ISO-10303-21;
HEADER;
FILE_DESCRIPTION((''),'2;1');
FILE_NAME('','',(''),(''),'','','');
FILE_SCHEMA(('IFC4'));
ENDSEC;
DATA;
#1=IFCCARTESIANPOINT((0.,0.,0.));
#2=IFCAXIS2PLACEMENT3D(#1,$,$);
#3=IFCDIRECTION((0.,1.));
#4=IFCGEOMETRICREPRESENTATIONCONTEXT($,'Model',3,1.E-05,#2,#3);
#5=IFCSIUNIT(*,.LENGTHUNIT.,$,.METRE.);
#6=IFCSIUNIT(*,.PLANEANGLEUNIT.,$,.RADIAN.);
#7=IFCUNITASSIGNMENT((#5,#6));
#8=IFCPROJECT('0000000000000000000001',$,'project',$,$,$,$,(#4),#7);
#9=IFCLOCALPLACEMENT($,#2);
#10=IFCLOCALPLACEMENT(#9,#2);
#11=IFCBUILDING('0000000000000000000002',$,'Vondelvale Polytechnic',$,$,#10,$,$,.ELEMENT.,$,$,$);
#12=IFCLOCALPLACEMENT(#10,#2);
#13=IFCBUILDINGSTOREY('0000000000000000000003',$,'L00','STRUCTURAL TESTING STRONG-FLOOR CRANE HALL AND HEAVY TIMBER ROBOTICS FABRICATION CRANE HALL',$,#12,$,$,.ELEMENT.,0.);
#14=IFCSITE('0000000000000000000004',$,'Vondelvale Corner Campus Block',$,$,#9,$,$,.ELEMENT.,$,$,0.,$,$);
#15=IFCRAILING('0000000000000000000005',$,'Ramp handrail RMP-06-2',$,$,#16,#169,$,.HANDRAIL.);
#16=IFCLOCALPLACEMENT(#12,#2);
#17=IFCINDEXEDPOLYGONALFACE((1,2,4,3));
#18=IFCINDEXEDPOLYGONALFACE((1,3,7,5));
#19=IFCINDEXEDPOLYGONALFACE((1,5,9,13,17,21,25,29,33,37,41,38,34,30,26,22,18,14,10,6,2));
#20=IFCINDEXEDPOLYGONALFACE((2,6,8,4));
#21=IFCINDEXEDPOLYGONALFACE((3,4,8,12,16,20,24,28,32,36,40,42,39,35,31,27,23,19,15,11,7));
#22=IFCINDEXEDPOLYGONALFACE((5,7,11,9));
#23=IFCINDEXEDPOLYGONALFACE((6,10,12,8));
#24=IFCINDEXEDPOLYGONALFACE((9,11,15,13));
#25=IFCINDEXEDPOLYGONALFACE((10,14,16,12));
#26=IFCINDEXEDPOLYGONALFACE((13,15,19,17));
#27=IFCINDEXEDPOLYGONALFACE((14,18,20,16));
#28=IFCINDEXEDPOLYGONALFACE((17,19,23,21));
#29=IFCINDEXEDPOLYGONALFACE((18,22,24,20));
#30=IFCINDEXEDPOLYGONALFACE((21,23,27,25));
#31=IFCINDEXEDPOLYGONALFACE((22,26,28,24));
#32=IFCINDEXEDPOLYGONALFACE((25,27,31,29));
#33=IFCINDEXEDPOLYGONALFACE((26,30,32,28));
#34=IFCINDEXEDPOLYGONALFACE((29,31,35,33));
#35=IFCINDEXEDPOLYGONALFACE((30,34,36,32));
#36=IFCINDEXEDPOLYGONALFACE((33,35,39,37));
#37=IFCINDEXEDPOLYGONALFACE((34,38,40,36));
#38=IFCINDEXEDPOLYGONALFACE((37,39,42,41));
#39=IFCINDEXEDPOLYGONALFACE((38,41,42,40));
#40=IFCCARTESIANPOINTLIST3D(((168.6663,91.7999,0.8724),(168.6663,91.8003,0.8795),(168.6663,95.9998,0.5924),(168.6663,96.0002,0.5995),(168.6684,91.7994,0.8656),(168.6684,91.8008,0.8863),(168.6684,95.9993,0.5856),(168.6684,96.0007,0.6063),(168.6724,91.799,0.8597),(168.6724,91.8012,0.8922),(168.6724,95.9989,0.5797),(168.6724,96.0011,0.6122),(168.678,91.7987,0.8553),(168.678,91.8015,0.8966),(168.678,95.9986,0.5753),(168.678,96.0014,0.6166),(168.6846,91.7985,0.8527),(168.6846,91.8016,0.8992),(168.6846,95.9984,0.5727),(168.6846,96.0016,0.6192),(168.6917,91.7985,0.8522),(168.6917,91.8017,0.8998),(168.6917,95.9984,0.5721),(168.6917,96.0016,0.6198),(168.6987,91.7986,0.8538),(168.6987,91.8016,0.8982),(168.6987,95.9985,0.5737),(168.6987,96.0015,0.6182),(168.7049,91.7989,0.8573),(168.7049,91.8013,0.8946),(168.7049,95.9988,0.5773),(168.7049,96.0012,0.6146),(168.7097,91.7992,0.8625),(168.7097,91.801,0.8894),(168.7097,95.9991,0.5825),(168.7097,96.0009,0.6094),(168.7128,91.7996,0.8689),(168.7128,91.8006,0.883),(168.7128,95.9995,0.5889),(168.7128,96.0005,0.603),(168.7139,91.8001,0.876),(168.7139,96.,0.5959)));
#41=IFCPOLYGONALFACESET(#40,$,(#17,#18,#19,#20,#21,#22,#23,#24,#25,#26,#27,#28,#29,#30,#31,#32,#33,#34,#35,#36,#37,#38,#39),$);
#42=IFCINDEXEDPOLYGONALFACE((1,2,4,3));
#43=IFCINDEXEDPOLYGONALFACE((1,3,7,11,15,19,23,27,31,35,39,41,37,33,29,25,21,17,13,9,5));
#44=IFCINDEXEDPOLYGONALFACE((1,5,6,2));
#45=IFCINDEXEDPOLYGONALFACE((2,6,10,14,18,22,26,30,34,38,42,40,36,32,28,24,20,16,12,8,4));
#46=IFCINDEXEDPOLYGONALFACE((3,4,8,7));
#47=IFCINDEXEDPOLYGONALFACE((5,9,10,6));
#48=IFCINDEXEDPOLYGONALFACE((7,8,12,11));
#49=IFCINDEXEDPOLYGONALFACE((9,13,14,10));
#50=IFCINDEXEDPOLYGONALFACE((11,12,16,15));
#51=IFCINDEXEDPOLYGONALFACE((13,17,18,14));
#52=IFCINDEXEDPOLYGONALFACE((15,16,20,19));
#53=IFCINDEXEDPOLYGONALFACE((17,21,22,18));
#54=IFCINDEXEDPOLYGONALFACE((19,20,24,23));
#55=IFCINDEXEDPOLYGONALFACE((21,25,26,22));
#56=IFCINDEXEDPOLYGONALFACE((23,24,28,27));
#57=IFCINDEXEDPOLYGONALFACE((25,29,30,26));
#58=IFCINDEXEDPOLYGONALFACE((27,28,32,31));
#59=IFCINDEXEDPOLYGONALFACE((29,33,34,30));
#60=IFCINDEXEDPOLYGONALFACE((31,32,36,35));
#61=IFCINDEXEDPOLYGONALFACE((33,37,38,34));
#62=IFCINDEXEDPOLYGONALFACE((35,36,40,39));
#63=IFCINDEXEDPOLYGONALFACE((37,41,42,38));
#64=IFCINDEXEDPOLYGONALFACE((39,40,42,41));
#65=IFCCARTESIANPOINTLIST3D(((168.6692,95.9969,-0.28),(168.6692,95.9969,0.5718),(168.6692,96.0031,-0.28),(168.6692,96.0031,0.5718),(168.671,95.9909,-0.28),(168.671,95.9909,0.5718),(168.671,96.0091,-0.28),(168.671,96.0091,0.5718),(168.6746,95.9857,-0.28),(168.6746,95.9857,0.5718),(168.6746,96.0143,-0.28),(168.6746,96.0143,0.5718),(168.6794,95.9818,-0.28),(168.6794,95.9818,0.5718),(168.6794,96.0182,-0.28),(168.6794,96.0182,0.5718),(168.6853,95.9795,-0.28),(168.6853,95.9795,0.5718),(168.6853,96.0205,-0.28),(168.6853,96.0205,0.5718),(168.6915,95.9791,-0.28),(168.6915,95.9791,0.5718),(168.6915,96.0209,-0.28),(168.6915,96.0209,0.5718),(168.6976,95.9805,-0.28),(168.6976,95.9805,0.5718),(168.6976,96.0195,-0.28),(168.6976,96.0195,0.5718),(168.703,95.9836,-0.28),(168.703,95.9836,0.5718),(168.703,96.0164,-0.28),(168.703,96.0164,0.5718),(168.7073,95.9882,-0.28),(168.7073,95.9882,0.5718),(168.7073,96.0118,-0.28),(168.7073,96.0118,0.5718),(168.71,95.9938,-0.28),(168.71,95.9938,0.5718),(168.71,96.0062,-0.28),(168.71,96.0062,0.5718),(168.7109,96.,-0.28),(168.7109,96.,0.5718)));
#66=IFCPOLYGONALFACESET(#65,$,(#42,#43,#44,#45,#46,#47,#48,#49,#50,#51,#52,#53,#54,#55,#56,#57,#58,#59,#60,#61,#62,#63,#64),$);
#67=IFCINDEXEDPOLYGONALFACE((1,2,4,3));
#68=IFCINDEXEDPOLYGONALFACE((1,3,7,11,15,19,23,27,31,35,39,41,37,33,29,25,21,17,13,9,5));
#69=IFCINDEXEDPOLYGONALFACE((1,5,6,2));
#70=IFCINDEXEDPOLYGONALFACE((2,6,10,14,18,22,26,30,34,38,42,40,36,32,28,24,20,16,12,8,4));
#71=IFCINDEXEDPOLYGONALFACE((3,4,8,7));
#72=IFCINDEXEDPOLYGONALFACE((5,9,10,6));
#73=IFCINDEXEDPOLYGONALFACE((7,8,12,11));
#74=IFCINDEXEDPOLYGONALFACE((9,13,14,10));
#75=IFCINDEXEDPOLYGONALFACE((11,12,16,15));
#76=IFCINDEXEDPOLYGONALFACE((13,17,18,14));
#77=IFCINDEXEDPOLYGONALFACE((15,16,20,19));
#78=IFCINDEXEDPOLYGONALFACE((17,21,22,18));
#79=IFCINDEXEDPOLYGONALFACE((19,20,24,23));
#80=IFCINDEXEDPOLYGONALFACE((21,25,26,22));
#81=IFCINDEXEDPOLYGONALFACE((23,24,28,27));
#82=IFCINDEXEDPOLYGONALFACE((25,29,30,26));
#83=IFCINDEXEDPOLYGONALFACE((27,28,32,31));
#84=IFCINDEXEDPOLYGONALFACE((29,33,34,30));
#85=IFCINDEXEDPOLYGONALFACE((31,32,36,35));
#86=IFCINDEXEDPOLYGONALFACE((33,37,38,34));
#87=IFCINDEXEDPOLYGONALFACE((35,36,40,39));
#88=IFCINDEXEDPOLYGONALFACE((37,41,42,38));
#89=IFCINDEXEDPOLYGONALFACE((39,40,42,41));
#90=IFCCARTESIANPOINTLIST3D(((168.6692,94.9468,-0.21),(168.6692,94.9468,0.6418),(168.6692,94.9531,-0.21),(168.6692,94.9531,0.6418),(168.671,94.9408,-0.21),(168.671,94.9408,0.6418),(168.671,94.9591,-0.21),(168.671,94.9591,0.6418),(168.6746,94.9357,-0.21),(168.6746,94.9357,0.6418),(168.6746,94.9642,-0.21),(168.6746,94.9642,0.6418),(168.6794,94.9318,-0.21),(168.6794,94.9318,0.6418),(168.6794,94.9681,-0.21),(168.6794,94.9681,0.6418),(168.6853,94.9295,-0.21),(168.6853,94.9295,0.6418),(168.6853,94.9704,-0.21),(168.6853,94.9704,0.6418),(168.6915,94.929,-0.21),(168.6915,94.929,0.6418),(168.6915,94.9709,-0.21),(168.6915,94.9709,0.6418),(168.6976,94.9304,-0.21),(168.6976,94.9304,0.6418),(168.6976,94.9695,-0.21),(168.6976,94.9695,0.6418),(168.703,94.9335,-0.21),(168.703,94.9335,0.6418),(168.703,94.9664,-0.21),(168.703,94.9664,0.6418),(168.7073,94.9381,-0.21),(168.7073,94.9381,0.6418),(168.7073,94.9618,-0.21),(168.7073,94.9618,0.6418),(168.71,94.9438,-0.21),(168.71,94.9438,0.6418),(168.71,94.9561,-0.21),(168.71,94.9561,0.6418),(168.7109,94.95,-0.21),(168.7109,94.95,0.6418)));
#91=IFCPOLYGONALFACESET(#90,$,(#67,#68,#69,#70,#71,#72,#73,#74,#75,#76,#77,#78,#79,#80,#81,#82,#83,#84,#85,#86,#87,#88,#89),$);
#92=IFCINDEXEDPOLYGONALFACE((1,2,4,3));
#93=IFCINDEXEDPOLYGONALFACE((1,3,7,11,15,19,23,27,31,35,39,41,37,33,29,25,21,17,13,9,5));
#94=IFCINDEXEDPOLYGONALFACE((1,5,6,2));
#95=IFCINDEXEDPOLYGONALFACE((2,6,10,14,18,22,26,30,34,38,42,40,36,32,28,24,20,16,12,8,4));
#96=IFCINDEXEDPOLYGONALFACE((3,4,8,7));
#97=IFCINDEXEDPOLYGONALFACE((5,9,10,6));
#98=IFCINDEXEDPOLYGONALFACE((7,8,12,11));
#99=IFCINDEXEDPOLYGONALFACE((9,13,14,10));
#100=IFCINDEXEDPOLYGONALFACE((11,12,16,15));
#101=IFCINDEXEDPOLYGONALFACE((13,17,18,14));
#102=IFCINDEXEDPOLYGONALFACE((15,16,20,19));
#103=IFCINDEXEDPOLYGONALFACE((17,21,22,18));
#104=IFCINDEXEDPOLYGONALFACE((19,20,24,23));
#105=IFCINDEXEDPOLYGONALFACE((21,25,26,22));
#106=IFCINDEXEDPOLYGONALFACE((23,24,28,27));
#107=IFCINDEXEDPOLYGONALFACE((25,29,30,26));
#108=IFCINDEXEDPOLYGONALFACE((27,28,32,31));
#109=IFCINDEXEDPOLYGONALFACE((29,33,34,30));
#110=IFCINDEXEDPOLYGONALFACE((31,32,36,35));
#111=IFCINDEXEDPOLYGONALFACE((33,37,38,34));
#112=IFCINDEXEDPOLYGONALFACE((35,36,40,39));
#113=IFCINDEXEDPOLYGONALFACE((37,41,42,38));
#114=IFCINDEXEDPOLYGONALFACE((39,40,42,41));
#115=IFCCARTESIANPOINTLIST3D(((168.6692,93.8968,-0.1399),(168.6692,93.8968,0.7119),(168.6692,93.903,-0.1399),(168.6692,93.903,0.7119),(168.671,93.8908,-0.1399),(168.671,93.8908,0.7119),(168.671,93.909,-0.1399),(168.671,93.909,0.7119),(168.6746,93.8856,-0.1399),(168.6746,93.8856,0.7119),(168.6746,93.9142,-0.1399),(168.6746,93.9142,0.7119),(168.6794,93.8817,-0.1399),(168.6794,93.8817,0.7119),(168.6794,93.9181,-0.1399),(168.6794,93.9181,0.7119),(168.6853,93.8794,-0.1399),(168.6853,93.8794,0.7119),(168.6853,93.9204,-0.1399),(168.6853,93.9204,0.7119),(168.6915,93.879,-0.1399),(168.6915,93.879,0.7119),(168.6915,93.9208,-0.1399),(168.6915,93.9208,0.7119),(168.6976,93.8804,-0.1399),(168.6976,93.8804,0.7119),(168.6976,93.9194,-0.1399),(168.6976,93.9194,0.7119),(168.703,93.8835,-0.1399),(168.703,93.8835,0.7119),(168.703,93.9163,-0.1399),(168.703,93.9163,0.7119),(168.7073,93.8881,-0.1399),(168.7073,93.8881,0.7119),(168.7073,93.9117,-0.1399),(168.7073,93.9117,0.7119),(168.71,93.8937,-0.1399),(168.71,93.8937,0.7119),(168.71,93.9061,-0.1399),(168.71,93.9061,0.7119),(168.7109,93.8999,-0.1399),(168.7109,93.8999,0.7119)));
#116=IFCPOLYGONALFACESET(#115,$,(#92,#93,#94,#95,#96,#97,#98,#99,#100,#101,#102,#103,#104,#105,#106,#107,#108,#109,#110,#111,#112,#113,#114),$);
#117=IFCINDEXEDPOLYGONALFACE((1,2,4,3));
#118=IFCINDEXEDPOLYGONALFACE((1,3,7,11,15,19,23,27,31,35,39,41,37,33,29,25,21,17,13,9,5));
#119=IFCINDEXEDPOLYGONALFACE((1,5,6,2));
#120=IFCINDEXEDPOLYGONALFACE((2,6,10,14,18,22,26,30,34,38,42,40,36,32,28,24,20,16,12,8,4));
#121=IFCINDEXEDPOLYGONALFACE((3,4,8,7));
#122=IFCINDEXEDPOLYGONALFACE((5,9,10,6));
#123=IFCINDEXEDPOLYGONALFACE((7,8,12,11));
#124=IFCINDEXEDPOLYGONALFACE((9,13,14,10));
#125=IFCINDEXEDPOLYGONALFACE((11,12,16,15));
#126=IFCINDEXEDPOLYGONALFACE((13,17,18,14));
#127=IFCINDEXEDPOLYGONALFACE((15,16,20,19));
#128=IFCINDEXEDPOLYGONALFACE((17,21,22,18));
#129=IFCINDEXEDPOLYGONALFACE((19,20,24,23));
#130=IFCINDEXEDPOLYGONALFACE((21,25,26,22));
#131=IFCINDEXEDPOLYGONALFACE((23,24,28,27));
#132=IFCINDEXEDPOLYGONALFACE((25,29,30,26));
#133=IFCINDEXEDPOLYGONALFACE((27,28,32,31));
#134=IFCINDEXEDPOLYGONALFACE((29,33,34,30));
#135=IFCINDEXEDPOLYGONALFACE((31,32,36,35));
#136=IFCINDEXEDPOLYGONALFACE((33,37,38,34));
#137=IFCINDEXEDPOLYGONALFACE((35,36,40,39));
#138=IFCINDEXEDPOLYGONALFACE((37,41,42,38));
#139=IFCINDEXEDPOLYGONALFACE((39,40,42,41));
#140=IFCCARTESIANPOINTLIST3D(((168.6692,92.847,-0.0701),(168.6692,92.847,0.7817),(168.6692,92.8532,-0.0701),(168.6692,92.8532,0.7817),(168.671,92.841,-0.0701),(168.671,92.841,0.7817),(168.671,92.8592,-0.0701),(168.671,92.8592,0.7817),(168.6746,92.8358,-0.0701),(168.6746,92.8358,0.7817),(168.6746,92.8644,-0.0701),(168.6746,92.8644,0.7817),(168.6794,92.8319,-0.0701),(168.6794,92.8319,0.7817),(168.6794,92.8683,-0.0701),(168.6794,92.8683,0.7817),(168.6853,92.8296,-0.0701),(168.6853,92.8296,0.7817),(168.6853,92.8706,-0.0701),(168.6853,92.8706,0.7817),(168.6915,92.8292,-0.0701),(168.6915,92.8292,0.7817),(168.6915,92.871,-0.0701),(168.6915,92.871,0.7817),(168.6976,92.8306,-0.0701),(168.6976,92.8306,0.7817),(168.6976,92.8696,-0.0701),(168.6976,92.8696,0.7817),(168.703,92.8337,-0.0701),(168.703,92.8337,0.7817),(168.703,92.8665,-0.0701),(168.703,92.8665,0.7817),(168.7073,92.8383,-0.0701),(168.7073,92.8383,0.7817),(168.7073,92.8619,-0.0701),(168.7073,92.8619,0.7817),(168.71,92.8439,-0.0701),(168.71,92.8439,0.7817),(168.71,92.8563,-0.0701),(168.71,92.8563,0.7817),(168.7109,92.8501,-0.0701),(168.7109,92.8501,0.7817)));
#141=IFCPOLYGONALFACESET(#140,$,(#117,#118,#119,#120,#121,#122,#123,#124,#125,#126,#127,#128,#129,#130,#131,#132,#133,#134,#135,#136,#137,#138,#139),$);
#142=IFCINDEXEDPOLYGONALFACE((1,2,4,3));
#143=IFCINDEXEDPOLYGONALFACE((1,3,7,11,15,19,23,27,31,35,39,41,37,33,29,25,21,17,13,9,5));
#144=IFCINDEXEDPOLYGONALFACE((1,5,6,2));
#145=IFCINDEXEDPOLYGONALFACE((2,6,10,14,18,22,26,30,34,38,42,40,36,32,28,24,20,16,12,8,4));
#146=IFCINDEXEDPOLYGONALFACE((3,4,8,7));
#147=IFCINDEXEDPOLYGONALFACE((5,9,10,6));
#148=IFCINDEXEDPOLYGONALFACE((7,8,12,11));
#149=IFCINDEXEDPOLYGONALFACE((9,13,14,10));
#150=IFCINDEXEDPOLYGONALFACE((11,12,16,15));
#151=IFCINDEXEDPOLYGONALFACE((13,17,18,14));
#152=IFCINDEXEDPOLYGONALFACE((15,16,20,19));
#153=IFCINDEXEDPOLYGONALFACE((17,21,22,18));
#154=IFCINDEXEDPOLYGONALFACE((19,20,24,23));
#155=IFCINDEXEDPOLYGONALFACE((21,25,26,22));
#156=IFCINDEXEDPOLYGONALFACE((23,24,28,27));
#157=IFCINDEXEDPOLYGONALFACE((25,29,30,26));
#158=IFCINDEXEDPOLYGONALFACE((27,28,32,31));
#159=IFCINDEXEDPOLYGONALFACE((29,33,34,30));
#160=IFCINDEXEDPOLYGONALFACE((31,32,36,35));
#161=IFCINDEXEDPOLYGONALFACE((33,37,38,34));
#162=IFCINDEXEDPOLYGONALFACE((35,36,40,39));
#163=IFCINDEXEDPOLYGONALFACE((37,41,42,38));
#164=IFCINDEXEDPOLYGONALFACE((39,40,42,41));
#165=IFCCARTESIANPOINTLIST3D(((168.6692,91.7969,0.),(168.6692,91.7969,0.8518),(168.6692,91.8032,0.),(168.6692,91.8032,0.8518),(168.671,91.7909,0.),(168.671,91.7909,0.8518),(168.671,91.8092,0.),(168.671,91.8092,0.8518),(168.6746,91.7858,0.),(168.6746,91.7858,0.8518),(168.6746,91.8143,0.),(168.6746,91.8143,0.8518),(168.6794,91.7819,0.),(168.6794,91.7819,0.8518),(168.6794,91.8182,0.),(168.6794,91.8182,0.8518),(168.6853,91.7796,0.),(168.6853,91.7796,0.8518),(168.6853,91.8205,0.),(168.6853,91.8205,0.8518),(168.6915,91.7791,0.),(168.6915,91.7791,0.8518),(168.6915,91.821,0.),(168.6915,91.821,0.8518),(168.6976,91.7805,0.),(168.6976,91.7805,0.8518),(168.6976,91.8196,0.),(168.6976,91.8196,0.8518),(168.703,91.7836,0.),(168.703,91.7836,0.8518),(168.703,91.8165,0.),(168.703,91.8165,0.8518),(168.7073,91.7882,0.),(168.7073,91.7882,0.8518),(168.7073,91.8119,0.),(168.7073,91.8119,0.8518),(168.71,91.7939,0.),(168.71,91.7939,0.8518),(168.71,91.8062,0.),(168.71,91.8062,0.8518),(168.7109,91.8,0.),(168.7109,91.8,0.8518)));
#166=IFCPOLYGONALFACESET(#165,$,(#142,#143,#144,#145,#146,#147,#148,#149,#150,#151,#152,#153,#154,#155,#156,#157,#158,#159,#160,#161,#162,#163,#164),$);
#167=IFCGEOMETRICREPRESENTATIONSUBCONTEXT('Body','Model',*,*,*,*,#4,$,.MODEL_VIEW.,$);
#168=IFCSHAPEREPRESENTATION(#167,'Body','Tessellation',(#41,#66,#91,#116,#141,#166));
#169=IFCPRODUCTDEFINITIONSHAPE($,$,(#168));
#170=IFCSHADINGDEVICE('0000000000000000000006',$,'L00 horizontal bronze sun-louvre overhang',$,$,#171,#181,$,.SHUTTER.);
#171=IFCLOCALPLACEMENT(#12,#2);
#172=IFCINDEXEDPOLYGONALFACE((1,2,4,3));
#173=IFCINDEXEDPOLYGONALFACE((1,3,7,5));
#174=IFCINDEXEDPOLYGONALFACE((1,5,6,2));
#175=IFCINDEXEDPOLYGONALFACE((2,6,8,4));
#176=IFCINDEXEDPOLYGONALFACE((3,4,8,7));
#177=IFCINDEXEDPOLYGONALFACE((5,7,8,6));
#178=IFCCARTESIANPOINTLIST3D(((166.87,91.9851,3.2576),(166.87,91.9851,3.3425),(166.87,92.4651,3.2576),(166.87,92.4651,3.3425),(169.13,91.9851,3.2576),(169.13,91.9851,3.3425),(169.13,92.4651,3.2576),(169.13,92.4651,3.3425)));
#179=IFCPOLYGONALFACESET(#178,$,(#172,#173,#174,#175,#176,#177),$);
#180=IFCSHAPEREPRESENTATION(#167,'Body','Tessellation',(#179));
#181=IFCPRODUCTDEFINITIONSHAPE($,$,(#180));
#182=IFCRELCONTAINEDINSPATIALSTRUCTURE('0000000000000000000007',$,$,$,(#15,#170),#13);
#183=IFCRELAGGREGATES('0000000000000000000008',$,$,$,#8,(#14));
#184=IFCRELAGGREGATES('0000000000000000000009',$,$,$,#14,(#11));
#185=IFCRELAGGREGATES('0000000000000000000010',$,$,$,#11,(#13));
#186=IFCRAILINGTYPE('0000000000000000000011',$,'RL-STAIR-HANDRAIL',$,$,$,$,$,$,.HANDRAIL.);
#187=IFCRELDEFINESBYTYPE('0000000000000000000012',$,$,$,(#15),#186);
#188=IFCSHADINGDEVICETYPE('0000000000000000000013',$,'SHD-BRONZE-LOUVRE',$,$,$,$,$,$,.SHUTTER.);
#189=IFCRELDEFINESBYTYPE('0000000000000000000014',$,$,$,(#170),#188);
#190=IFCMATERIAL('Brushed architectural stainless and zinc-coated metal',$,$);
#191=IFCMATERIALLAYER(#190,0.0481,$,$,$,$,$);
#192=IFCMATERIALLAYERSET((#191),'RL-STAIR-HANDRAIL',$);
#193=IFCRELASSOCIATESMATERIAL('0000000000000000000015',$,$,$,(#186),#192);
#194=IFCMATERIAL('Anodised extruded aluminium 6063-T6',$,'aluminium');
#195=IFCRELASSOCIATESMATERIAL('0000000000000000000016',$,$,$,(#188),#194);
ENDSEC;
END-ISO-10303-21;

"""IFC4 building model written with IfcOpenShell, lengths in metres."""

from ifc_helpers import new_model, si_unit, direction, frame, origin, origin_2d, place, context, subcontext, project, spatial, rectangle, circle, extrude, material, layer, layer_set, type_object, element, save


model = new_model("IFC4")

# Units and contexts
model_context = context("Model", 3, precision=1e-05, world=origin(), true_north=direction((0.0, 1.0)))
body_context = subcontext(model_context, "Body", "Model", "MODEL_VIEW")
ifc_project = project(units=[si_unit("LENGTHUNIT", "METRE"), si_unit("PLANEANGLEUNIT", "RADIAN")], contexts=[model_context])

# Site, building, storey
site_placement = place(None, origin())
site = spatial("IfcSite", under=ifc_project, at=site_placement, Name="Vondelvale Corner Campus Block", CompositionType="ELEMENT", RefElevation=0.0)
building_placement = place(site_placement, origin())
building = spatial("IfcBuilding", under=site, at=building_placement, Name="Vondelvale Polytechnic", CompositionType="ELEMENT")
storey_placement = place(building_placement, origin())
storey = spatial("IfcBuildingStorey", under=building, at=storey_placement, Name="L00", Description="STRUCTURAL TESTING STRONG-FLOOR CRANE HALL AND HEAVY TIMBER ROBOTICS FABRICATION CRANE HALL", CompositionType="ELEMENT", Elevation=0.0)

# Shared definitions
ifc_material_1 = material(Name="Anodised extruded aluminium 6063-T6", Category="aluminium")

# Railing
ifc_material_2 = material(Name="Brushed architectural stainless and zinc-coated metal")
ifc_layer_1 = layer(ifc_material_2, 0.0481)
ifc_layer_set_1 = layer_set([ifc_layer_1], Name="RL-STAIR-HANDRAIL")
railing_type = type_object("IfcRailingType", Name="RL-STAIR-HANDRAIL", PredefinedType="HANDRAIL", material=ifc_layer_set_1)
for number, where, name in (
    (1, (168.6899, 96.0, -0.28), "Ramp handrail RMP-06-2"),
):
    element("IfcRailing", number, at=place(storey_placement, frame(where)), inside=storey, type_object=railing_type, Name=name, PredefinedType="HANDRAIL", context=body_context, shape_type="SweptSolid", body=[
        extrude(circle(Radius=0.0239, at=origin_2d()), frame((0.0, 0.0, 0.876), z_axis=(0.0, -0.997785, 0.066527), x_axis=(1.0, 0.0, 0.0)), (0.0, 0.0, 1.0), 4.2092),
        extrude(circle(Radius=0.021, at=origin_2d()), origin(), (0.0, 0.0, 1.0), 0.8518),
        extrude(circle(Radius=0.021, at=origin_2d()), frame((0.0, -1.05, 0.0701)), (0.0, 0.0, 1.0), 0.8518),
        extrude(circle(Radius=0.021, at=origin_2d()), frame((0.0, -2.1001, 0.1401)), (0.0, 0.0, 1.0), 0.8518),
        extrude(circle(Radius=0.021, at=origin_2d()), frame((0.0, -3.1499, 0.21)), (0.0, 0.0, 1.0), 0.8518),
        extrude(circle(Radius=0.021, at=origin_2d()), frame((0.0, -4.2, 0.28)), (0.0, 0.0, 1.0), 0.8518),
    ])

# Shading device
shading_device_type = type_object("IfcShadingDeviceType", Name="SHD-BRONZE-LOUVRE", PredefinedType="SHUTTER", material=ifc_material_1)
shading_device_placement = place(storey_placement, frame((168.0, 92.2251, 3.2576), z_axis=(0.0, 0.0, 1.0), x_axis=(1.0, 0.0, 0.0)))
element("IfcShadingDevice", 2, at=shading_device_placement, inside=storey, type_object=shading_device_type, Name="L00 horizontal bronze sun-louvre overhang", PredefinedType="SHUTTER", context=body_context, shape_type="SweptSolid", body=[
    extrude(rectangle(XDim=2.26, YDim=0.48, at=origin_2d()), origin(), (0.0, 0.0, 1.0), 0.085),
])

save(model, "model.ifc")
